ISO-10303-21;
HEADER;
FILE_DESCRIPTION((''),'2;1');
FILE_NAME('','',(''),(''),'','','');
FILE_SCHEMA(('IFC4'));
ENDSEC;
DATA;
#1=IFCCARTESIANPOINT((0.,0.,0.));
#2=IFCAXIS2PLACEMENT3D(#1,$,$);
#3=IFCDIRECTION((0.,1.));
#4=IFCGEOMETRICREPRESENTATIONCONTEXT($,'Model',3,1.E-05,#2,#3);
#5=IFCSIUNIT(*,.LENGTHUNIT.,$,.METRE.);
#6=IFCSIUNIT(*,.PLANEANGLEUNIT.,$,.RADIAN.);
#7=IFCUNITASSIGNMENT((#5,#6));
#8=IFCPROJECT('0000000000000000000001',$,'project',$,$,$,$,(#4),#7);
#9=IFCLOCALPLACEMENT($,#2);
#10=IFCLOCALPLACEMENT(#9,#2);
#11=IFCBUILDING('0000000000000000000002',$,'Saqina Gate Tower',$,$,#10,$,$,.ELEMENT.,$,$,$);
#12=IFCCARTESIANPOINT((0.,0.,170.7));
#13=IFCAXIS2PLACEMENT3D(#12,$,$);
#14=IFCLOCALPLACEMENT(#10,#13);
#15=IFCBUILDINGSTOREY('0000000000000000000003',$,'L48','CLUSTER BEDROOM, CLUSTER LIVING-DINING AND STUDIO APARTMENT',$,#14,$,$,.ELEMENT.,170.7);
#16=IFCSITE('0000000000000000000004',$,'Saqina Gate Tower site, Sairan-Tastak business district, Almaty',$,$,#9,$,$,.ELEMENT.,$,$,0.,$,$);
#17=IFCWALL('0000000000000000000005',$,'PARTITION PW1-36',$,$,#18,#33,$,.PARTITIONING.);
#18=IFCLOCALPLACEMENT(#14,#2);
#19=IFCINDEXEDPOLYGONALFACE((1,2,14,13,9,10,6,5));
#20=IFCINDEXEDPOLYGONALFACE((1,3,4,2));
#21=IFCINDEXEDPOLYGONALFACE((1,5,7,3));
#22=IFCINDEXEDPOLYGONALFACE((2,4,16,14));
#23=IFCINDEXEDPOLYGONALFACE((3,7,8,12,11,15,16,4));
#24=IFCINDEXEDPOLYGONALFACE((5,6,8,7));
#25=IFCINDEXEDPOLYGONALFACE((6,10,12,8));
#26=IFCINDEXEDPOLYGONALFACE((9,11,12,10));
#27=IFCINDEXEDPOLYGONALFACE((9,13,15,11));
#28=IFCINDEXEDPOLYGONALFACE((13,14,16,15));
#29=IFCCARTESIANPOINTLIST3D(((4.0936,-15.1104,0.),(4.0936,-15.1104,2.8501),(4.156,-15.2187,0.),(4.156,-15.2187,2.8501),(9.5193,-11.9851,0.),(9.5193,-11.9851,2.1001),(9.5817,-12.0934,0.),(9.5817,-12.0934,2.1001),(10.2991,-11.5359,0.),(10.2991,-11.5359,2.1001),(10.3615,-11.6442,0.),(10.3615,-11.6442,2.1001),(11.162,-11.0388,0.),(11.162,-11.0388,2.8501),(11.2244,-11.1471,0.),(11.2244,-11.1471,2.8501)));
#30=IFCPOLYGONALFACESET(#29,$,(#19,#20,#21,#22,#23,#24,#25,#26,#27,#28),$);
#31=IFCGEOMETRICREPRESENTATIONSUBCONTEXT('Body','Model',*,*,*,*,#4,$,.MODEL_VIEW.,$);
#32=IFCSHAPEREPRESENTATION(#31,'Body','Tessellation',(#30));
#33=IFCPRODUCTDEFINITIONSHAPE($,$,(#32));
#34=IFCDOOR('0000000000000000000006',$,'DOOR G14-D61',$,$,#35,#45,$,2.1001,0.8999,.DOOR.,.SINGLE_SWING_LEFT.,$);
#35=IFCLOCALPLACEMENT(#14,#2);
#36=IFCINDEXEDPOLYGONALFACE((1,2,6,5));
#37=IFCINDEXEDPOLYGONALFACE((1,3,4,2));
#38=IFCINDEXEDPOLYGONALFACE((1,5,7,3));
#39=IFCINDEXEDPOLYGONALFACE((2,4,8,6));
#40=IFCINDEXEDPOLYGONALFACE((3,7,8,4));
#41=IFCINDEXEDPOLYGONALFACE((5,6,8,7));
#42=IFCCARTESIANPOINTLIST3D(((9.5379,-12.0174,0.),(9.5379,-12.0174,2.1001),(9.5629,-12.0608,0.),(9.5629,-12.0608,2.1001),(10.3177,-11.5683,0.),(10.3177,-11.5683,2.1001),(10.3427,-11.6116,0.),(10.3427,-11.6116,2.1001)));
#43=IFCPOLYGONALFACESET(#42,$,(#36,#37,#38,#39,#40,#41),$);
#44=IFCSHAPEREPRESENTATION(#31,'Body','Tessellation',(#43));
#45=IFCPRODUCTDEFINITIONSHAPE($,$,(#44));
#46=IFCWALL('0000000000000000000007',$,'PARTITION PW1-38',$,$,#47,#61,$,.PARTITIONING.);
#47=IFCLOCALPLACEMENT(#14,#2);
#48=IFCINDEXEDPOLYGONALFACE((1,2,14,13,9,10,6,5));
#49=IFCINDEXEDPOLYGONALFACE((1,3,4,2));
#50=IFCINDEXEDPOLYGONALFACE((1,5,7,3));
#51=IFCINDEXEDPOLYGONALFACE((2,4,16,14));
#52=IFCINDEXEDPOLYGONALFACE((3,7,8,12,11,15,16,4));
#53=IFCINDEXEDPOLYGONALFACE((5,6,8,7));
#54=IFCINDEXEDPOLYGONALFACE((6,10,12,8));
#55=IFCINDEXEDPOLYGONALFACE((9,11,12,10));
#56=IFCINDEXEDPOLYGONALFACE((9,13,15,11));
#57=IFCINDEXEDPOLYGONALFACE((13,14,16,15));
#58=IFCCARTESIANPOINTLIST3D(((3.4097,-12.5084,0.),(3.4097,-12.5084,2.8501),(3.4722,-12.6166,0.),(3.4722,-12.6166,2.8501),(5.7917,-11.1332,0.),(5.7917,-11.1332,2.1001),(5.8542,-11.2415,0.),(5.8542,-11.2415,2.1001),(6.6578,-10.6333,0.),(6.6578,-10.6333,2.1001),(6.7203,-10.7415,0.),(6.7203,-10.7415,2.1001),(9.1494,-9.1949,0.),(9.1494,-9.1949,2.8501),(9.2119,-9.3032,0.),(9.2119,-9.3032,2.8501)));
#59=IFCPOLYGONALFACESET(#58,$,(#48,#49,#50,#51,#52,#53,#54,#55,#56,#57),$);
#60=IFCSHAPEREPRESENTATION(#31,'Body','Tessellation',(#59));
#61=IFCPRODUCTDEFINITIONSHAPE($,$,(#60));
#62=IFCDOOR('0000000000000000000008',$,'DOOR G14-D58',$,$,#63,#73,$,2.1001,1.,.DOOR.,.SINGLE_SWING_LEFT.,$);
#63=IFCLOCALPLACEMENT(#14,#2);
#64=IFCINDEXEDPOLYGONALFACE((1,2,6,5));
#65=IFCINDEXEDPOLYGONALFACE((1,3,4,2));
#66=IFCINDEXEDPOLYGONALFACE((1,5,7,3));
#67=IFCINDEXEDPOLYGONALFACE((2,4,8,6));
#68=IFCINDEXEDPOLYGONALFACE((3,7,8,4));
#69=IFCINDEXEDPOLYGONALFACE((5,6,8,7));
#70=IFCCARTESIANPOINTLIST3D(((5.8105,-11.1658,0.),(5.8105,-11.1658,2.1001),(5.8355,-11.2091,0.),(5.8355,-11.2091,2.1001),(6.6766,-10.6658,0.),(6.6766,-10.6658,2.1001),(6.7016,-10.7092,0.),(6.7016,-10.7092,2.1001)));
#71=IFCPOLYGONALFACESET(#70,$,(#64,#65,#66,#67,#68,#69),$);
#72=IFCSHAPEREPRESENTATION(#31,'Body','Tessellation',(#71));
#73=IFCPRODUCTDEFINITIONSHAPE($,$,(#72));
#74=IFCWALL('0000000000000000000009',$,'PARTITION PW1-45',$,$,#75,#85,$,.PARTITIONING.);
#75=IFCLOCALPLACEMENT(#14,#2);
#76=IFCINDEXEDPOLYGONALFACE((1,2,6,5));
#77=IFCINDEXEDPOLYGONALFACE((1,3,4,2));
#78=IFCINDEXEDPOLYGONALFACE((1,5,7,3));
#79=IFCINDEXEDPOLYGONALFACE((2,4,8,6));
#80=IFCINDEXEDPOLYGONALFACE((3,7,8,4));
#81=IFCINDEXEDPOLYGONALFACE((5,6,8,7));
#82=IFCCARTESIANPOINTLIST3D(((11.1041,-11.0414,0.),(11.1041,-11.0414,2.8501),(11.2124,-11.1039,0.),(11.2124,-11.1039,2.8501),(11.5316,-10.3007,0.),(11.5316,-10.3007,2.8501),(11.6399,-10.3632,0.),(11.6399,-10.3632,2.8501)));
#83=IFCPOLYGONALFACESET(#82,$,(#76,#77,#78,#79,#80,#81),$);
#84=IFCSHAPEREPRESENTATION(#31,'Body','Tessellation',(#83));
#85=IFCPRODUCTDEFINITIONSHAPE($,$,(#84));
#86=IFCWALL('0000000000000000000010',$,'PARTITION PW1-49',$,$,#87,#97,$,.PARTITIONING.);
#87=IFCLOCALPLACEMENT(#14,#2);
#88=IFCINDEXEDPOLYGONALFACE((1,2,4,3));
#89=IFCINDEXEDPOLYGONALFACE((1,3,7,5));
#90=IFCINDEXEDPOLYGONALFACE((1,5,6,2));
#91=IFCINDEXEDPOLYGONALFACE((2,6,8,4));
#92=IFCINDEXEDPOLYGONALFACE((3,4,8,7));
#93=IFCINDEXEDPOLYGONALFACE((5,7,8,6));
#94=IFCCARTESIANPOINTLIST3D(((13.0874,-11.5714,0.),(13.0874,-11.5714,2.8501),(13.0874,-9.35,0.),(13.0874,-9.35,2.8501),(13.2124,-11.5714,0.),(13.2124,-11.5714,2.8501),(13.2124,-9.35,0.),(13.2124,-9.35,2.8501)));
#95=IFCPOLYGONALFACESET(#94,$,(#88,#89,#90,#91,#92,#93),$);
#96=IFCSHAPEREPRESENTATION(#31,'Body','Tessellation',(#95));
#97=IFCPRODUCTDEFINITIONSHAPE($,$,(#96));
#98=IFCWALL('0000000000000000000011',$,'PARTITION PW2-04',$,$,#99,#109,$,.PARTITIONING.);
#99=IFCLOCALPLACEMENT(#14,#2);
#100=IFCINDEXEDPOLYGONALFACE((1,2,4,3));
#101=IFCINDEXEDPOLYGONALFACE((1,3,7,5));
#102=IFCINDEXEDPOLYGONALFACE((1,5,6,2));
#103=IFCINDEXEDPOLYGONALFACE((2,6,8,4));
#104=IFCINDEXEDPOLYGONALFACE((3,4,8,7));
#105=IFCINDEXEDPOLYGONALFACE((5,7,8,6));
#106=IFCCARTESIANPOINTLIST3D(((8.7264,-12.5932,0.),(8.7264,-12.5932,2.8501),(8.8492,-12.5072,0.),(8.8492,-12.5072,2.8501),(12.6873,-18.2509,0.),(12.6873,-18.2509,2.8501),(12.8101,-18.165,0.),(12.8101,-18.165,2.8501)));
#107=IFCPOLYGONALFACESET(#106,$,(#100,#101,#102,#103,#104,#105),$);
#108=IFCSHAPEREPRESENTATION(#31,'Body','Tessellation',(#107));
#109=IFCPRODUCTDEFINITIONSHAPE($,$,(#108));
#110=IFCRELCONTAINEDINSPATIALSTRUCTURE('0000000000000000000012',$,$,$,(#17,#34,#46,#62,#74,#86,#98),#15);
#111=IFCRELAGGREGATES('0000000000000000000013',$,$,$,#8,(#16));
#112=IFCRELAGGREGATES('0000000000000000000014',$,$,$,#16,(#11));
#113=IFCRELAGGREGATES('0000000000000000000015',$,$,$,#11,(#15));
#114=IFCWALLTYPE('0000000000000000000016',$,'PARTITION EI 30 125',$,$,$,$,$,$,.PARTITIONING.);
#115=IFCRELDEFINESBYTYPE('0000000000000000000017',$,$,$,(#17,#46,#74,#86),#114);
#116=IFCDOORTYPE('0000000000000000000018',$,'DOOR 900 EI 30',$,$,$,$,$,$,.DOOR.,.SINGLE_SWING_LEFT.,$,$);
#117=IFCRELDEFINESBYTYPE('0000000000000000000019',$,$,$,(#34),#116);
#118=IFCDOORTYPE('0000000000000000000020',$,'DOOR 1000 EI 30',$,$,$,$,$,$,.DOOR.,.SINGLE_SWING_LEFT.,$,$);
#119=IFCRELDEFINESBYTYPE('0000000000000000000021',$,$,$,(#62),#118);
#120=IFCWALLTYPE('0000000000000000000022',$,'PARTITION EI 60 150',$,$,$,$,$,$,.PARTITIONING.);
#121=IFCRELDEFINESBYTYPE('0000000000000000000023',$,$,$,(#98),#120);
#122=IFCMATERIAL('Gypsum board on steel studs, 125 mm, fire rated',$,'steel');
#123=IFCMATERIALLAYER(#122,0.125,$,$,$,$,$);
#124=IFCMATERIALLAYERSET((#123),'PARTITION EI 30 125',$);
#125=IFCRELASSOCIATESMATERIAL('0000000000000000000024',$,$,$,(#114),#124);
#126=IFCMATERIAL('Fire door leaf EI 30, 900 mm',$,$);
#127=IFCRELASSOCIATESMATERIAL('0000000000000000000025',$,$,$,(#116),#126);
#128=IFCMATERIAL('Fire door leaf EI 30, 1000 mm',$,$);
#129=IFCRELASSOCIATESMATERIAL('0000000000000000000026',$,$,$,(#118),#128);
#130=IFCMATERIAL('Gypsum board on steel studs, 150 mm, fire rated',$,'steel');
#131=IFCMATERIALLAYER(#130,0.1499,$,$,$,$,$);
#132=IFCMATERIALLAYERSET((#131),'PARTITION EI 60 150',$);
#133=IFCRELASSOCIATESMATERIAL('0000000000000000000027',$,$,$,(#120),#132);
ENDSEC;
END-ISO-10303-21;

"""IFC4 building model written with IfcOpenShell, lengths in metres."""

from ifc_helpers import new_model, si_unit, direction, frame, frame_2d, origin, place, context, subcontext, project, spatial, rectangle, extrude, material, layer, layer_set, type_object, element, fill, save


model = new_model("IFC4")

# Units and contexts
model_context = context("Model", 3, precision=1e-05, world=origin(), true_north=direction((0.0, 1.0)))
body_context = subcontext(model_context, "Body", "Model", "MODEL_VIEW")
ifc_project = project(units=[si_unit("LENGTHUNIT", "METRE"), si_unit("PLANEANGLEUNIT", "RADIAN")], contexts=[model_context])

# Site, building, storey
site_placement = place(None, origin())
site = spatial("IfcSite", under=ifc_project, at=site_placement, Name="Saqina Gate Tower site, Sairan-Tastak business district, Almaty", CompositionType="ELEMENT", RefElevation=0.0)
building_placement = place(site_placement, origin())
building = spatial("IfcBuilding", under=site, at=building_placement, Name="Saqina Gate Tower", CompositionType="ELEMENT")
storey_placement = place(building_placement, frame((0.0, 0.0, 170.7)))
storey = spatial("IfcBuildingStorey", under=building, at=storey_placement, Name="L48", Description="CLUSTER BEDROOM, CLUSTER LIVING-DINING AND STUDIO APARTMENT", CompositionType="ELEMENT", Elevation=170.7)

# Shared definitions
ifc_material_1 = material(Name="Gypsum board on steel studs, 125 mm, fire rated", Category="steel")
ifc_layer_1 = layer(ifc_material_1, 0.125)
ifc_layer_set_1 = layer_set([ifc_layer_1], Name="PARTITION EI 30 125")
wall_type_1 = type_object("IfcWallType", Name="PARTITION EI 30 125", PredefinedType="PARTITIONING", material=ifc_layer_set_1)

# Walls, openings, doors
wall_1_placement = place(storey_placement, frame((4.1248, -15.1646, 0.0), z_axis=(0.0, 0.0, 1.0), x_axis=(0.866523, 0.499137, 0.0)))
wall_1 = element("IfcWall", 1, at=wall_1_placement, inside=storey, type_object=wall_type_1, Name="PARTITION PW1-36", PredefinedType="PARTITIONING", context=body_context, shape_type="SweptSolid", body=[
    extrude(rectangle(XDim=8.1572, YDim=0.125, at=frame_2d((4.0786, 0.0))), origin(), (0.0, 0.0, 1.0), 2.8501),
])
opening_1_placement = place(wall_1_placement, frame((6.2615, 0.0, 0.0)))
opening_1 = element("IfcOpeningElement", 2, at=opening_1_placement, cuts=wall_1, PredefinedType="OPENING", context=body_context, shape_type="SweptSolid", body=[
    extrude(rectangle(XDim=0.8999, YDim=2.1001, at=frame_2d((0.45, 1.05))), frame((0.0, 0.0745, 0.0), z_axis=(0.0, -1.0, 0.0), x_axis=(1.0, 0.0, 0.0)), (0.0, 0.0, 1.0), 0.1489),
])
ifc_material_2 = material(Name="Fire door leaf EI 30, 900 mm")
door_type_1 = type_object("IfcDoorType", Name="DOOR 900 EI 30", OperationType="SINGLE_SWING_LEFT", PredefinedType="DOOR", material=ifc_material_2)
door_1_placement = place(opening_1_placement, frame((0.8999, 0.0, 0.0), z_axis=(0.0, 0.0, 1.0), x_axis=(-1.0, 0.0, 0.0)))
door_1 = element("IfcDoor", 3, at=door_1_placement, inside=storey, type_object=door_type_1, Name="DOOR G14-D61", OperationType="SINGLE_SWING_LEFT", OverallHeight=2.1001, OverallWidth=0.8999, PredefinedType="DOOR", context=body_context, shape_type="SweptSolid", body=[
    extrude(rectangle(XDim=0.8999, YDim=2.1001, at=frame_2d((0.45, 1.05))), frame((0.0, 0.0249, 0.0), z_axis=(0.0, -1.0, 0.0), x_axis=(1.0, 0.0, 0.0)), (0.0, 0.0, 1.0), 0.05),
])
fill(opening_1, door_1)
wall_2_placement = place(storey_placement, frame((3.4409, -12.5625, 0.0), z_axis=(0.0, 0.0, 1.0), x_axis=(0.866049, 0.499958, 0.0)))
wall_2 = element("IfcWall", 4, at=wall_2_placement, inside=storey, type_object=wall_type_1, Name="PARTITION PW1-38", PredefinedType="PARTITIONING", context=body_context, shape_type="SweptSolid", body=[
    extrude(rectangle(XDim=6.6274, YDim=0.125, at=frame_2d((3.3137, 0.0))), origin(), (0.0, 0.0, 1.0), 2.8501),
])
opening_2_placement = place(wall_2_placement, frame((2.7505, 0.0, 0.0)))
opening_2 = element("IfcOpeningElement", 5, at=opening_2_placement, cuts=wall_2, PredefinedType="OPENING", context=body_context, shape_type="SweptSolid", body=[
    extrude(rectangle(XDim=1.0, YDim=2.1001, at=frame_2d((0.5, 1.05))), frame((0.0, 0.0745, 0.0), z_axis=(0.0, -1.0, 0.0), x_axis=(1.0, 0.0, 0.0)), (0.0, 0.0, 1.0), 0.1489),
])
ifc_material_3 = material(Name="Fire door leaf EI 30, 1000 mm")
door_type_2 = type_object("IfcDoorType", Name="DOOR 1000 EI 30", OperationType="SINGLE_SWING_LEFT", PredefinedType="DOOR", material=ifc_material_3)
door_2_placement = place(opening_2_placement, origin())
door_2 = element("IfcDoor", 6, at=door_2_placement, inside=storey, type_object=door_type_2, Name="DOOR G14-D58", OperationType="SINGLE_SWING_LEFT", OverallHeight=2.1001, OverallWidth=1.0, PredefinedType="DOOR", context=body_context, shape_type="SweptSolid", body=[
    extrude(rectangle(XDim=1.0, YDim=2.1001, at=frame_2d((0.5, 1.05))), frame((0.0, 0.0249, 0.0), z_axis=(0.0, -1.0, 0.0), x_axis=(1.0, 0.0, 0.0)), (0.0, 0.0, 1.0), 0.05),
])
fill(opening_2, door_2)

# Walls
wall_3_placement = place(storey_placement, frame((11.1582, -11.0728, 0.0), z_axis=(0.0, 0.0, 1.0), x_axis=(0.499854, 0.86611, 0.0)))
element("IfcWall", 7, at=wall_3_placement, inside=storey, type_object=wall_type_1, Name="PARTITION PW1-45", PredefinedType="PARTITIONING", context=body_context, shape_type="SweptSolid", body=[
    extrude(rectangle(XDim=0.8552, YDim=0.125, at=frame_2d((0.4277, 0.0))), origin(), (0.0, 0.0, 1.0), 2.8501),
])
wall_4_placement = place(storey_placement, frame((13.1499, -11.5715, 0.0), z_axis=(0.0, 0.0, 1.0), x_axis=(0.0, 1.0, 0.0)))
element("IfcWall", 8, at=wall_4_placement, inside=storey, type_object=wall_type_1, Name="PARTITION PW1-49", PredefinedType="PARTITIONING", context=body_context, shape_type="SweptSolid", body=[
    extrude(rectangle(XDim=2.2214, YDim=0.125, at=frame_2d((1.1108, 0.0))), origin(), (0.0, 0.0, 1.0), 2.8501),
])
ifc_material_4 = material(Name="Gypsum board on steel studs, 150 mm, fire rated", Category="steel")
ifc_layer_2 = layer(ifc_material_4, 0.1499)
ifc_layer_set_2 = layer_set([ifc_layer_2], Name="PARTITION EI 60 150")
wall_type_2 = type_object("IfcWallType", Name="PARTITION EI 60 150", PredefinedType="PARTITIONING", material=ifc_layer_set_2)
wall_5_placement = place(storey_placement, frame((8.7878, -12.5503, 0.0), z_axis=(0.0, 0.0, 1.0), x_axis=(0.573515, -0.819195, 0.0)))
element("IfcWall", 9, at=wall_5_placement, inside=storey, type_object=wall_type_2, Name="PARTITION PW2-04", PredefinedType="PARTITIONING", context=body_context, shape_type="SweptSolid", body=[
    extrude(rectangle(XDim=6.9065, YDim=0.1499, at=frame_2d((3.4531, 0.0))), origin(), (0.0, 0.0, 1.0), 2.8501),
])

save(model, "model.ifc")
